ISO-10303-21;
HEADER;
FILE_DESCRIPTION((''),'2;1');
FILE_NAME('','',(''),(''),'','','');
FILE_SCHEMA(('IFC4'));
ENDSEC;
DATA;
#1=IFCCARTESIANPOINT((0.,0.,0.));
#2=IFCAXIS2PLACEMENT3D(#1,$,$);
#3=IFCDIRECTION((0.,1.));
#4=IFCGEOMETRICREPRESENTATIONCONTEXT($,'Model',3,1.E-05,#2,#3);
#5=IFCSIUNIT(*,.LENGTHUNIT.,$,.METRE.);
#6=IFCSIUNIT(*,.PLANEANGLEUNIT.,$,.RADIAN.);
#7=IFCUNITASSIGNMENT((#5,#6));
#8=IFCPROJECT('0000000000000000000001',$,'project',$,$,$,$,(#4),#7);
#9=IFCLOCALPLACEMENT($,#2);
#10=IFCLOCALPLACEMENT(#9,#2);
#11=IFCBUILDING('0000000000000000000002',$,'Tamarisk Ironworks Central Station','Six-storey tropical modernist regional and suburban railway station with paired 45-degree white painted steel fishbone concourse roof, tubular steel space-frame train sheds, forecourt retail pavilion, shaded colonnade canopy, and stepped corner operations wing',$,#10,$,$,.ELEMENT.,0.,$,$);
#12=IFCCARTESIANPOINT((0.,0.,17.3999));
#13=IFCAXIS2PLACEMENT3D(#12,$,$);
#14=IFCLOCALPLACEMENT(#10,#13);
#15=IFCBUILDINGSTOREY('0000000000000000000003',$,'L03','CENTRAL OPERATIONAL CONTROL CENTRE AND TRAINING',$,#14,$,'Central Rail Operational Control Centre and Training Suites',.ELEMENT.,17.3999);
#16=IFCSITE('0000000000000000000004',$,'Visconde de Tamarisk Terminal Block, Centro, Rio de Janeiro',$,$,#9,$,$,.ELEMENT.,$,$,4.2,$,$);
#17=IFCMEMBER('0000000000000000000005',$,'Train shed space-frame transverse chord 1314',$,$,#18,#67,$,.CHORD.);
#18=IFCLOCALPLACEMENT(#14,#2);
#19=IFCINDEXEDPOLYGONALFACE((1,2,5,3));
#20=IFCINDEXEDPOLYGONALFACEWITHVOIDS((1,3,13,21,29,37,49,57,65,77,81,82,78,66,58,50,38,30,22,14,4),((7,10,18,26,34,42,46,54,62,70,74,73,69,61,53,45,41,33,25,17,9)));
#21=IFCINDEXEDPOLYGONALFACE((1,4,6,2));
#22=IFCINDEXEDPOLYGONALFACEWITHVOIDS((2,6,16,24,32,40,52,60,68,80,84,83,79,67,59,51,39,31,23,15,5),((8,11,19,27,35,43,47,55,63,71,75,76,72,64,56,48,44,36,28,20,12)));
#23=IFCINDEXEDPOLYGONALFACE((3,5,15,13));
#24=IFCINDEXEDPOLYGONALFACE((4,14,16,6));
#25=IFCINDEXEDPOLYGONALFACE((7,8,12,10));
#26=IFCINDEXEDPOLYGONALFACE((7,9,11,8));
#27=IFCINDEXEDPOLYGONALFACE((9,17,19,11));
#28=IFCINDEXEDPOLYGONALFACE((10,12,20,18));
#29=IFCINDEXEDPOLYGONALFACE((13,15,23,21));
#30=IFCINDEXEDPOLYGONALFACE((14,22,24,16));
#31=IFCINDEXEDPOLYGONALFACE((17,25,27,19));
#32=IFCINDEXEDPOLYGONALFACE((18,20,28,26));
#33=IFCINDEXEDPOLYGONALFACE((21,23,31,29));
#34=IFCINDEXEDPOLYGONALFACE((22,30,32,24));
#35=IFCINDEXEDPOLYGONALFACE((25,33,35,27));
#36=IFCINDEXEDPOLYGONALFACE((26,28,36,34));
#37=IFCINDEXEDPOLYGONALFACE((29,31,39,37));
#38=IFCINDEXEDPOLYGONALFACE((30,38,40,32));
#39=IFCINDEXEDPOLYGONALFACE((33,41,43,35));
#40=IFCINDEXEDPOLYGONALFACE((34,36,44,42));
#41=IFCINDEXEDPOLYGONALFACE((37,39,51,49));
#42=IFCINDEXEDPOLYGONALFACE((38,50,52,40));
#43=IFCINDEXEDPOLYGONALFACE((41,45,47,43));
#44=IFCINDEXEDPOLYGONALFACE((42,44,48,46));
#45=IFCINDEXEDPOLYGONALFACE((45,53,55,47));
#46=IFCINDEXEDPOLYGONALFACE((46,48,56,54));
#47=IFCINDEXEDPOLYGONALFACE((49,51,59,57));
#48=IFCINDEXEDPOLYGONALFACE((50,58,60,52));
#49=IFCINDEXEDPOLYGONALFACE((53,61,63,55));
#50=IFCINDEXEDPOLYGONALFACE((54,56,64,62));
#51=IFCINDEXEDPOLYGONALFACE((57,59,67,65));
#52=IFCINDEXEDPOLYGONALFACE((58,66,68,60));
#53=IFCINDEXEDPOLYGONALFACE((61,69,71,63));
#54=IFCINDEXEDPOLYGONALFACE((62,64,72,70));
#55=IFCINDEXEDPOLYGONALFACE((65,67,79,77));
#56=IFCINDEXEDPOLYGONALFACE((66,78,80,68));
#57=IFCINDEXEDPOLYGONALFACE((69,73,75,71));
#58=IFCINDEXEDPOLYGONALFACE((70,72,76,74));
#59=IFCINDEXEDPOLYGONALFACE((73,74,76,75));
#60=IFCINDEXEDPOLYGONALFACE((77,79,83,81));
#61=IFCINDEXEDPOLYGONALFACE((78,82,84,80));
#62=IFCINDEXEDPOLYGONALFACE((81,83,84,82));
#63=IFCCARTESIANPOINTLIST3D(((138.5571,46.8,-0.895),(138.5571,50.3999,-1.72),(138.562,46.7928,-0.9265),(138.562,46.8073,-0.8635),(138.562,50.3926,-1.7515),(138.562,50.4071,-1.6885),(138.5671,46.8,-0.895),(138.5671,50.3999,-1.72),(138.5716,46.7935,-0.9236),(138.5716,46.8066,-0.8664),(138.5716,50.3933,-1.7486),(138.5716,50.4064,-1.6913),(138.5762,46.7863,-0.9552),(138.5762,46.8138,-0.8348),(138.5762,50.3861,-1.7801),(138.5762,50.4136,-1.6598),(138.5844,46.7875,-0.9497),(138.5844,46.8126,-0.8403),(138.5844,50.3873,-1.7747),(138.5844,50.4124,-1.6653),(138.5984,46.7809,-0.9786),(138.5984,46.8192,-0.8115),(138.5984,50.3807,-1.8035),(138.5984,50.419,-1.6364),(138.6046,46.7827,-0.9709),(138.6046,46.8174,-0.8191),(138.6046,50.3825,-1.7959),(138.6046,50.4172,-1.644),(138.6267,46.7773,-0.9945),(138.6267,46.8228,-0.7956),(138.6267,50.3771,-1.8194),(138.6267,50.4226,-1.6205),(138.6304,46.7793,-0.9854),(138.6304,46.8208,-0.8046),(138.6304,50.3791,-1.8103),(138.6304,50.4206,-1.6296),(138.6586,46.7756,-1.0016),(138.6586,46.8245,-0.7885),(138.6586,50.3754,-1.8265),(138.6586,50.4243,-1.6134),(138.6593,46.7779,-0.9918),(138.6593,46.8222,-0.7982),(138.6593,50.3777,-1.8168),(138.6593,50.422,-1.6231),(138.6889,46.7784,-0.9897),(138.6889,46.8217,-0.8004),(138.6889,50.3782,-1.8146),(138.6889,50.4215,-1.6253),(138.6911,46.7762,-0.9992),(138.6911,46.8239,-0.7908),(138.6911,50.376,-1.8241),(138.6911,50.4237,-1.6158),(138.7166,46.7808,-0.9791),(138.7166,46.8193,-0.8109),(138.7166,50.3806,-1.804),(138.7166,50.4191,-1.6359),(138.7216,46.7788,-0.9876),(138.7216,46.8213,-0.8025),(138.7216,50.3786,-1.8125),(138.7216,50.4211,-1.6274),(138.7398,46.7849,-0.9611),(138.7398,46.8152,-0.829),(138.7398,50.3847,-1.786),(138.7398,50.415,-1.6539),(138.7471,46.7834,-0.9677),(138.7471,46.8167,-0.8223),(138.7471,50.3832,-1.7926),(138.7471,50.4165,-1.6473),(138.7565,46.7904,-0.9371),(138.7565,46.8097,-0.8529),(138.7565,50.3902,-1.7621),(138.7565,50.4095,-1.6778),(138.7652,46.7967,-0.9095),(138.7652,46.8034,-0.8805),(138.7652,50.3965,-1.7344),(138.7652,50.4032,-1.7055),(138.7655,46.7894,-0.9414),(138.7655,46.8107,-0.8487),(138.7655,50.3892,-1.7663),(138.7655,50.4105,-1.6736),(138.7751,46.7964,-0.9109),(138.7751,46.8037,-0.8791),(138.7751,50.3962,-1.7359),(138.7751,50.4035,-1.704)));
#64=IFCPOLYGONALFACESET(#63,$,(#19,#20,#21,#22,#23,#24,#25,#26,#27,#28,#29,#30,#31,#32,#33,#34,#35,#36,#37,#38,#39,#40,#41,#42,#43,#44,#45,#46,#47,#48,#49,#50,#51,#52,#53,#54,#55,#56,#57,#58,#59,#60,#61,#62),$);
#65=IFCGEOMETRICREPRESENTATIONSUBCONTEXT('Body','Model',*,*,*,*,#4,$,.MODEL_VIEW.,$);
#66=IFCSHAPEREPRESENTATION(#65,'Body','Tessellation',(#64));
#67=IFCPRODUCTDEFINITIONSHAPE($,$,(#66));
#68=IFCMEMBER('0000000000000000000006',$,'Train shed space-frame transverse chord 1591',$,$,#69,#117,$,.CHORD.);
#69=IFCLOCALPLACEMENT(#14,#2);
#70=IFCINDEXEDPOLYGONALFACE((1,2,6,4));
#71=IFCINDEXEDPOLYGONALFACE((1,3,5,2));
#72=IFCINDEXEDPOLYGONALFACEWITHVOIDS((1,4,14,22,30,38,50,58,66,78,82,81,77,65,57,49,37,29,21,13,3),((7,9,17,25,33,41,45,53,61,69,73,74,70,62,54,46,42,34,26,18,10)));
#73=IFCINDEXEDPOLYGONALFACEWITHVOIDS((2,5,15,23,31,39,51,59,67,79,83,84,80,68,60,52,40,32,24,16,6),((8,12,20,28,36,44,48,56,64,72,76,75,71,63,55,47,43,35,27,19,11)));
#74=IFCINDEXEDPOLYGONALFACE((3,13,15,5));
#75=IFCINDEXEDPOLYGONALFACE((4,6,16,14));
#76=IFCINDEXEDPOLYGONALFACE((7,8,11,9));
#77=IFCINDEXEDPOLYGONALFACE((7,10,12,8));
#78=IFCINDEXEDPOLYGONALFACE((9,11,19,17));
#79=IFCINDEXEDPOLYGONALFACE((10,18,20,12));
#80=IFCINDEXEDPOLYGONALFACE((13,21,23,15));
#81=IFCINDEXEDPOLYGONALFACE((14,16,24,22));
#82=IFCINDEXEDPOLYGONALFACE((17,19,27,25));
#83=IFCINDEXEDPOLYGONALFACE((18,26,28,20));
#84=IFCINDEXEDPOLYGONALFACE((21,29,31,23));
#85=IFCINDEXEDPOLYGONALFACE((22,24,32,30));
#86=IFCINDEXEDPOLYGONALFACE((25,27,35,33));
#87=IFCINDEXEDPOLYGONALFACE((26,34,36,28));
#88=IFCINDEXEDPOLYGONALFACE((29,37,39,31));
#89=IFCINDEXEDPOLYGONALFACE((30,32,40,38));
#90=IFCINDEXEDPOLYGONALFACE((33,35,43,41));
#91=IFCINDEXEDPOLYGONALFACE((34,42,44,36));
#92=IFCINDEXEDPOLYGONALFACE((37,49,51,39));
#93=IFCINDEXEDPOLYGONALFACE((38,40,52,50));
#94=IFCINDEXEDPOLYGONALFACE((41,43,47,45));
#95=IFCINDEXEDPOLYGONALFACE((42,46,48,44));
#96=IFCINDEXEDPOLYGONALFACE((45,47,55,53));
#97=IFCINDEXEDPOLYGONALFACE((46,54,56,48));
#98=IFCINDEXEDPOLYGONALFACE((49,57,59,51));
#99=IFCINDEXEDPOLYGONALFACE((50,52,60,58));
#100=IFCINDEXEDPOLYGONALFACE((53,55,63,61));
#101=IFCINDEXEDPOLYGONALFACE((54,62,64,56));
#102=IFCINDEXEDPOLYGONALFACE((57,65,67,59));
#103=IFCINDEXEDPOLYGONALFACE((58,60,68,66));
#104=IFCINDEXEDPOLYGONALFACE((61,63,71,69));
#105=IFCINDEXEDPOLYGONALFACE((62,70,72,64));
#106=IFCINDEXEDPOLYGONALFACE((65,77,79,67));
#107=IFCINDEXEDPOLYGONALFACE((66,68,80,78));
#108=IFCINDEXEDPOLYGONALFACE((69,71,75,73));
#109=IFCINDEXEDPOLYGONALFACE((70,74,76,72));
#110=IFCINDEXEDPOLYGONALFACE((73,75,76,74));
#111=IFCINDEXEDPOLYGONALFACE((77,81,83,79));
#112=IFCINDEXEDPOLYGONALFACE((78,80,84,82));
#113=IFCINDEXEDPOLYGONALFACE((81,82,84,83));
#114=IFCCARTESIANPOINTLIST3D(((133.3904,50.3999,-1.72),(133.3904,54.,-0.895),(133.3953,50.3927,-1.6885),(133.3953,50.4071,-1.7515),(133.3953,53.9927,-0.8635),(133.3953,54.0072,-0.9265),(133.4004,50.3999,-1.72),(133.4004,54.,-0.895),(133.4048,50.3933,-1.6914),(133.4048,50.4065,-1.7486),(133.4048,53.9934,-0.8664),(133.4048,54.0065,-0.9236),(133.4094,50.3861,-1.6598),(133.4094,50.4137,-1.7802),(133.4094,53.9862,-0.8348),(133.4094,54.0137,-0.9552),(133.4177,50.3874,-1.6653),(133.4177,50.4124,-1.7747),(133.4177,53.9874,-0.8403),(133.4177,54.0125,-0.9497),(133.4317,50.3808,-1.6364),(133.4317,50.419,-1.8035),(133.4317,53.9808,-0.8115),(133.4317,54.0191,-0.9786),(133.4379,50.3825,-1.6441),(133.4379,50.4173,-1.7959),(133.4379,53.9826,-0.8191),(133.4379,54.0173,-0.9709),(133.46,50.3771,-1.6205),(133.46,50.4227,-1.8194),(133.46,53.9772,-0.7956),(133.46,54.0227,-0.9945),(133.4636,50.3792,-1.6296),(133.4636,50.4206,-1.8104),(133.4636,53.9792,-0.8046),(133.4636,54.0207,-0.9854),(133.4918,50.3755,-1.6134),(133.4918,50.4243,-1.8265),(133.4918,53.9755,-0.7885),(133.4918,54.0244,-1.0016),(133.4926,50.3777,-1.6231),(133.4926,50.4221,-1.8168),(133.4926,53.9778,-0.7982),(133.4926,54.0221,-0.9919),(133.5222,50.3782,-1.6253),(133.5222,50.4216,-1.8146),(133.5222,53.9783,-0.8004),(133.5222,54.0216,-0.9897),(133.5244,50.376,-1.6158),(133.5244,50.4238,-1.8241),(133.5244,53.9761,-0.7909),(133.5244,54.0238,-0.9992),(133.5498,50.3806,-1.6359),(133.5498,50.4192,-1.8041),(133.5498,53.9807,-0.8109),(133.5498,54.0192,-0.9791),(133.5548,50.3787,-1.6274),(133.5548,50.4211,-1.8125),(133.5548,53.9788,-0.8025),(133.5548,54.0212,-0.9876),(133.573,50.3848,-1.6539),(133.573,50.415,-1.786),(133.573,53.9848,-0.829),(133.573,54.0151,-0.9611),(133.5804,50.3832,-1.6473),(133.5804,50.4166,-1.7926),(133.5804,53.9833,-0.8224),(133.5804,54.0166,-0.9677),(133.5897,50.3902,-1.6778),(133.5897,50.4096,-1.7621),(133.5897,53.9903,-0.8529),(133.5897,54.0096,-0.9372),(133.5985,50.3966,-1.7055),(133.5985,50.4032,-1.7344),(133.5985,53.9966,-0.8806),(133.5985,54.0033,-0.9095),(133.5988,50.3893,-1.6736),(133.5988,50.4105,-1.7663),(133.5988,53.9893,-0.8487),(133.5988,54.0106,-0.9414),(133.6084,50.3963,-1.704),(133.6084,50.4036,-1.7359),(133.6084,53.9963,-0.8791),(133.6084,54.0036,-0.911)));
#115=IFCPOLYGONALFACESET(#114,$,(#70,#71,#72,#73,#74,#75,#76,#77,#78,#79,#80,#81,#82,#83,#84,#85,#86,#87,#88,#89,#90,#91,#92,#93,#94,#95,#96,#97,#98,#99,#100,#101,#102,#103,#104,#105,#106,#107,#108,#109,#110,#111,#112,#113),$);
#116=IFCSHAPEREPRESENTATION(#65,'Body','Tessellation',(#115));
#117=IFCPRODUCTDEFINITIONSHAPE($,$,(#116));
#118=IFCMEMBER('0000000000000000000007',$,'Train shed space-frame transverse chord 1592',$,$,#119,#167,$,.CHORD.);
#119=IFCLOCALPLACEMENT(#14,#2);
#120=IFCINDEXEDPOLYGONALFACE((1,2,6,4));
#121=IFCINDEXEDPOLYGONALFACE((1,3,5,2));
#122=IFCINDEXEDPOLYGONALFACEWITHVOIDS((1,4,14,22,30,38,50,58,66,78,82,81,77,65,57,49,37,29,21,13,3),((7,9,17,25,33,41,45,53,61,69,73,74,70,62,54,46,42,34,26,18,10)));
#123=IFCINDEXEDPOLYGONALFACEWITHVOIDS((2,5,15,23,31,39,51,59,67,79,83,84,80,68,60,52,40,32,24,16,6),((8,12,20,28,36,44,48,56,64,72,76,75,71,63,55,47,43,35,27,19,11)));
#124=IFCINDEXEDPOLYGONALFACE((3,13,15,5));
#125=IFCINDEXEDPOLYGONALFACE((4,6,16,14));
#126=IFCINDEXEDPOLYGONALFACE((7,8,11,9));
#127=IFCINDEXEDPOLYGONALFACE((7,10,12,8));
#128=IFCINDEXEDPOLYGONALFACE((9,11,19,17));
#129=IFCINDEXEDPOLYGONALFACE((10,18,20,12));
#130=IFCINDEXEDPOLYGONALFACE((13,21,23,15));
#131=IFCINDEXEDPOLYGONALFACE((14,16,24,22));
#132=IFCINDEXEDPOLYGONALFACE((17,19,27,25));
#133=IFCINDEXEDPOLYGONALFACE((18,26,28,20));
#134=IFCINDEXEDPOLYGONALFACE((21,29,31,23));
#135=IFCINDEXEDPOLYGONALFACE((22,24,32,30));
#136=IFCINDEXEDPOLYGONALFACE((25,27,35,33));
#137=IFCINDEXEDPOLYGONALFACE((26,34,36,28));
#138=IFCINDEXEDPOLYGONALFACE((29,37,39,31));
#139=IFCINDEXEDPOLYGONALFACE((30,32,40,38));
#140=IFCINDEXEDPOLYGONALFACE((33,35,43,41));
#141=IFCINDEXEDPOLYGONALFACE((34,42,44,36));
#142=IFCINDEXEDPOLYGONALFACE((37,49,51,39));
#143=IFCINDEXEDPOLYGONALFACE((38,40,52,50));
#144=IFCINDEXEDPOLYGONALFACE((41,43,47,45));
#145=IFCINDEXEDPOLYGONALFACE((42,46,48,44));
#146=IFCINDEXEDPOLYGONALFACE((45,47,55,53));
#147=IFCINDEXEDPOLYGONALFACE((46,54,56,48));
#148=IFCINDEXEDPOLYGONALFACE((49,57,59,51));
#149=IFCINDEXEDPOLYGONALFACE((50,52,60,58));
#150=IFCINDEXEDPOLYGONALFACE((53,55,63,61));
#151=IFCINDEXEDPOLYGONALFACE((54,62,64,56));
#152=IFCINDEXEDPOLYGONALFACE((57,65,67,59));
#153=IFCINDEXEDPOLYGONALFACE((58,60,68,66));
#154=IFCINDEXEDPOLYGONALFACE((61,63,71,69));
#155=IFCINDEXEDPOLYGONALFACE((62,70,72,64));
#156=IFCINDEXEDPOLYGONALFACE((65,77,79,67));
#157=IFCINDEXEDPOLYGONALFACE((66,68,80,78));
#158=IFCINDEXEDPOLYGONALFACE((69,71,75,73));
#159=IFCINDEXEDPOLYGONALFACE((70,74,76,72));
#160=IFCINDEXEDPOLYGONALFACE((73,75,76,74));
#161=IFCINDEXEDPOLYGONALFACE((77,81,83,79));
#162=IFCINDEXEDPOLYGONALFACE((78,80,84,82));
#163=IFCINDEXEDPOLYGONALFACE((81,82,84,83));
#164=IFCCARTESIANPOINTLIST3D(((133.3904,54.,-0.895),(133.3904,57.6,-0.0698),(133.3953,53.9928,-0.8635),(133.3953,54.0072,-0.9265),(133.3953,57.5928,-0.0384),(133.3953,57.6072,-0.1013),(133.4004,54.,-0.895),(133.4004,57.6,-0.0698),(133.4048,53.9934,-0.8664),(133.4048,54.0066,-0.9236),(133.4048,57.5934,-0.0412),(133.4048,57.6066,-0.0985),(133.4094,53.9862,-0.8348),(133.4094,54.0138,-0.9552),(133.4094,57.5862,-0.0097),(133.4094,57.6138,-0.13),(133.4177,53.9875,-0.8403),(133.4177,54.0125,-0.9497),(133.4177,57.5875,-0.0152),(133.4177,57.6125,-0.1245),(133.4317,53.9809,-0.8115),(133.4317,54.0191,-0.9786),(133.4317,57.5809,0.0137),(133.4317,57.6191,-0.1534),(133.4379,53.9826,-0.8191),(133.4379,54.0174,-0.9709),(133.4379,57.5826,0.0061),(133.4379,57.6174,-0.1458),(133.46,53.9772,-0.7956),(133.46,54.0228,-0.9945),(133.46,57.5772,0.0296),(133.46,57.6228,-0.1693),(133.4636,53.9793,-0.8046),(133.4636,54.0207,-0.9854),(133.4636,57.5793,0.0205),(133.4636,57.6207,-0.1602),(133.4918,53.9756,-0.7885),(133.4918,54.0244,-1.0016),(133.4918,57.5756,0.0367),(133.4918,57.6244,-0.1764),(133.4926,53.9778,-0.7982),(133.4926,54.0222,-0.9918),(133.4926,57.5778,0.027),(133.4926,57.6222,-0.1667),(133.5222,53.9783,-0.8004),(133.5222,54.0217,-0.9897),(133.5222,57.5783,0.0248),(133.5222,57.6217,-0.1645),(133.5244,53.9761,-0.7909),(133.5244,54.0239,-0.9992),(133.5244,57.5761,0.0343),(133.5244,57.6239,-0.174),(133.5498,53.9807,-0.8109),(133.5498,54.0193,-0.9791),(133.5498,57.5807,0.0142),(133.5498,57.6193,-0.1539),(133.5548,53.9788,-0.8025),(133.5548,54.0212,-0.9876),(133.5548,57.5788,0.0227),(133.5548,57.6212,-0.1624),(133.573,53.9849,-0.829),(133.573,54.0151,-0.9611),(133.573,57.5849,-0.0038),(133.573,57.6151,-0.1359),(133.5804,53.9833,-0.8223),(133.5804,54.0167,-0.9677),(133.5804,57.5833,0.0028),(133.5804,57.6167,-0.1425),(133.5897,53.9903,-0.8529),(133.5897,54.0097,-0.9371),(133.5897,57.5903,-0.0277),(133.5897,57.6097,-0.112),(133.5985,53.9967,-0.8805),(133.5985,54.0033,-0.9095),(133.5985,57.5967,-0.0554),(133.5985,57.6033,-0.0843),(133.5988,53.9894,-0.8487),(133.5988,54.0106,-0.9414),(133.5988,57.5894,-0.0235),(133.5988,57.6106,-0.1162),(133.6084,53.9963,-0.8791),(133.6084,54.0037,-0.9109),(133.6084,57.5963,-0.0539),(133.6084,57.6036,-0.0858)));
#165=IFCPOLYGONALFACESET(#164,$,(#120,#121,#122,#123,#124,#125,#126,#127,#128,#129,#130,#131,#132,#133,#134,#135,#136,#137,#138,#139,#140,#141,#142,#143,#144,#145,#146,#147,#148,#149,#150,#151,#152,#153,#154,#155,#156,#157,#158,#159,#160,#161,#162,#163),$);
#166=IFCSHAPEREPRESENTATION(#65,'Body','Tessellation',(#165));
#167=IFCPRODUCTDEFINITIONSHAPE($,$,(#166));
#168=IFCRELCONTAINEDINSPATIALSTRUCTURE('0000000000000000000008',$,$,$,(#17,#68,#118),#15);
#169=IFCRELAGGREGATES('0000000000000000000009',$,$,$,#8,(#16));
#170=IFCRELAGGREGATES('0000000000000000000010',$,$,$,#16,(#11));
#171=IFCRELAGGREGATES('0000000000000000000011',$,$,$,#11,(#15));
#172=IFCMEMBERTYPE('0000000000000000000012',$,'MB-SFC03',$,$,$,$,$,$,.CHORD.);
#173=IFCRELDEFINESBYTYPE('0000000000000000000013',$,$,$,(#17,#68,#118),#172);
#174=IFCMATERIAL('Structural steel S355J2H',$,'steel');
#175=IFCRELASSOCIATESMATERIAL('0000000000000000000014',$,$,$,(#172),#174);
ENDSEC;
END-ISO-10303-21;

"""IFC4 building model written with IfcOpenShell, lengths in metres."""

from ifc_helpers import new_model, si_unit, direction, frame, origin, origin_2d, place, context, subcontext, project, spatial, hollow_circle, extrude, material, material_profile, profile_set, type_object, element, save


model = new_model("IFC4")

# Units and contexts
model_context = context("Model", 3, precision=1e-05, world=origin(), true_north=direction((0.0, 1.0)))
body_context = subcontext(model_context, "Body", "Model", "MODEL_VIEW")
ifc_project = project(units=[si_unit("LENGTHUNIT", "METRE"), si_unit("PLANEANGLEUNIT", "RADIAN")], contexts=[model_context])

# Site, building, storey
site_placement = place(None, origin())
site = spatial("IfcSite", under=ifc_project, at=site_placement, Name="Visconde de Tamarisk Terminal Block, Centro, Rio de Janeiro", CompositionType="ELEMENT", RefElevation=4.2)
building_placement = place(site_placement, origin())
building = spatial("IfcBuilding", under=site, at=building_placement, Name="Tamarisk Ironworks Central Station", Description="Six-storey tropical modernist regional and suburban railway station with paired 45-degree white painted steel fishbone concourse roof, tubular steel space-frame train sheds, forecourt retail pavilion, shaded colonnade canopy, and stepped corner operations wing", CompositionType="ELEMENT", ElevationOfRefHeight=0.0)
storey_placement = place(building_placement, frame((0.0, 0.0, 17.3999)))
storey = spatial("IfcBuildingStorey", under=building, at=storey_placement, Name="L03", Description="CENTRAL OPERATIONAL CONTROL CENTRE AND TRAINING", LongName="Central Rail Operational Control Centre and Training Suites", CompositionType="ELEMENT", Elevation=17.3999)

# Members
ifc_material = material(Name="Structural steel S355J2H", Category="steel")
ifc_material_profile_1 = material_profile(ifc_material, hollow_circle(Radius=0.1096, WallThickness=0.01, at=origin_2d()), Name="CHS 219.1x10")
ifc_profile_set_1 = profile_set([ifc_material_profile_1], Name="Structural steel S355J2H")
member_type_1 = type_object("IfcMemberType", Name="MB-SFC03", PredefinedType="CHORD", material=ifc_profile_set_1)
member_1_placement = place(storey_placement, frame((138.6667, 46.8, -0.895), z_axis=(0.0, 0.974733, -0.223372), x_axis=(-1.0, 0.0, 0.0)))
element("IfcMember", 1, at=member_1_placement, inside=storey, type_object=member_type_1, Name="Train shed space-frame transverse chord 1314", PredefinedType="CHORD", context=body_context, shape_type="SweptSolid", body=[
    extrude(hollow_circle(Radius=0.1096, WallThickness=0.01, at=origin_2d()), origin(), (0.0, 0.0, 1.0), 3.6931),
])
for number, where, z_axis, x_axis, name in (
    (2, (133.5, 50.3999, -1.72), (0.0, 0.974737, 0.223358), (-1.0, 0.0, 0.0), "Train shed space-frame transverse chord 1591"),
    (3, (133.5, 54.0, -0.895), (0.0, 0.974722, 0.223421), (-1.0, 0.0, 0.0), "Train shed space-frame transverse chord 1592"),
):
    element("IfcMember", number, at=place(storey_placement, frame(where, z_axis=z_axis, x_axis=x_axis)), inside=storey, type_object=member_type_1, Name=name, PredefinedType="CHORD", context=body_context, shape_type="SweptSolid", body=[
        extrude(hollow_circle(Radius=0.1096, WallThickness=0.01, at=origin_2d()), origin(), (0.0, 0.0, 1.0), 3.6934),
    ])

save(model, "model.ifc")
